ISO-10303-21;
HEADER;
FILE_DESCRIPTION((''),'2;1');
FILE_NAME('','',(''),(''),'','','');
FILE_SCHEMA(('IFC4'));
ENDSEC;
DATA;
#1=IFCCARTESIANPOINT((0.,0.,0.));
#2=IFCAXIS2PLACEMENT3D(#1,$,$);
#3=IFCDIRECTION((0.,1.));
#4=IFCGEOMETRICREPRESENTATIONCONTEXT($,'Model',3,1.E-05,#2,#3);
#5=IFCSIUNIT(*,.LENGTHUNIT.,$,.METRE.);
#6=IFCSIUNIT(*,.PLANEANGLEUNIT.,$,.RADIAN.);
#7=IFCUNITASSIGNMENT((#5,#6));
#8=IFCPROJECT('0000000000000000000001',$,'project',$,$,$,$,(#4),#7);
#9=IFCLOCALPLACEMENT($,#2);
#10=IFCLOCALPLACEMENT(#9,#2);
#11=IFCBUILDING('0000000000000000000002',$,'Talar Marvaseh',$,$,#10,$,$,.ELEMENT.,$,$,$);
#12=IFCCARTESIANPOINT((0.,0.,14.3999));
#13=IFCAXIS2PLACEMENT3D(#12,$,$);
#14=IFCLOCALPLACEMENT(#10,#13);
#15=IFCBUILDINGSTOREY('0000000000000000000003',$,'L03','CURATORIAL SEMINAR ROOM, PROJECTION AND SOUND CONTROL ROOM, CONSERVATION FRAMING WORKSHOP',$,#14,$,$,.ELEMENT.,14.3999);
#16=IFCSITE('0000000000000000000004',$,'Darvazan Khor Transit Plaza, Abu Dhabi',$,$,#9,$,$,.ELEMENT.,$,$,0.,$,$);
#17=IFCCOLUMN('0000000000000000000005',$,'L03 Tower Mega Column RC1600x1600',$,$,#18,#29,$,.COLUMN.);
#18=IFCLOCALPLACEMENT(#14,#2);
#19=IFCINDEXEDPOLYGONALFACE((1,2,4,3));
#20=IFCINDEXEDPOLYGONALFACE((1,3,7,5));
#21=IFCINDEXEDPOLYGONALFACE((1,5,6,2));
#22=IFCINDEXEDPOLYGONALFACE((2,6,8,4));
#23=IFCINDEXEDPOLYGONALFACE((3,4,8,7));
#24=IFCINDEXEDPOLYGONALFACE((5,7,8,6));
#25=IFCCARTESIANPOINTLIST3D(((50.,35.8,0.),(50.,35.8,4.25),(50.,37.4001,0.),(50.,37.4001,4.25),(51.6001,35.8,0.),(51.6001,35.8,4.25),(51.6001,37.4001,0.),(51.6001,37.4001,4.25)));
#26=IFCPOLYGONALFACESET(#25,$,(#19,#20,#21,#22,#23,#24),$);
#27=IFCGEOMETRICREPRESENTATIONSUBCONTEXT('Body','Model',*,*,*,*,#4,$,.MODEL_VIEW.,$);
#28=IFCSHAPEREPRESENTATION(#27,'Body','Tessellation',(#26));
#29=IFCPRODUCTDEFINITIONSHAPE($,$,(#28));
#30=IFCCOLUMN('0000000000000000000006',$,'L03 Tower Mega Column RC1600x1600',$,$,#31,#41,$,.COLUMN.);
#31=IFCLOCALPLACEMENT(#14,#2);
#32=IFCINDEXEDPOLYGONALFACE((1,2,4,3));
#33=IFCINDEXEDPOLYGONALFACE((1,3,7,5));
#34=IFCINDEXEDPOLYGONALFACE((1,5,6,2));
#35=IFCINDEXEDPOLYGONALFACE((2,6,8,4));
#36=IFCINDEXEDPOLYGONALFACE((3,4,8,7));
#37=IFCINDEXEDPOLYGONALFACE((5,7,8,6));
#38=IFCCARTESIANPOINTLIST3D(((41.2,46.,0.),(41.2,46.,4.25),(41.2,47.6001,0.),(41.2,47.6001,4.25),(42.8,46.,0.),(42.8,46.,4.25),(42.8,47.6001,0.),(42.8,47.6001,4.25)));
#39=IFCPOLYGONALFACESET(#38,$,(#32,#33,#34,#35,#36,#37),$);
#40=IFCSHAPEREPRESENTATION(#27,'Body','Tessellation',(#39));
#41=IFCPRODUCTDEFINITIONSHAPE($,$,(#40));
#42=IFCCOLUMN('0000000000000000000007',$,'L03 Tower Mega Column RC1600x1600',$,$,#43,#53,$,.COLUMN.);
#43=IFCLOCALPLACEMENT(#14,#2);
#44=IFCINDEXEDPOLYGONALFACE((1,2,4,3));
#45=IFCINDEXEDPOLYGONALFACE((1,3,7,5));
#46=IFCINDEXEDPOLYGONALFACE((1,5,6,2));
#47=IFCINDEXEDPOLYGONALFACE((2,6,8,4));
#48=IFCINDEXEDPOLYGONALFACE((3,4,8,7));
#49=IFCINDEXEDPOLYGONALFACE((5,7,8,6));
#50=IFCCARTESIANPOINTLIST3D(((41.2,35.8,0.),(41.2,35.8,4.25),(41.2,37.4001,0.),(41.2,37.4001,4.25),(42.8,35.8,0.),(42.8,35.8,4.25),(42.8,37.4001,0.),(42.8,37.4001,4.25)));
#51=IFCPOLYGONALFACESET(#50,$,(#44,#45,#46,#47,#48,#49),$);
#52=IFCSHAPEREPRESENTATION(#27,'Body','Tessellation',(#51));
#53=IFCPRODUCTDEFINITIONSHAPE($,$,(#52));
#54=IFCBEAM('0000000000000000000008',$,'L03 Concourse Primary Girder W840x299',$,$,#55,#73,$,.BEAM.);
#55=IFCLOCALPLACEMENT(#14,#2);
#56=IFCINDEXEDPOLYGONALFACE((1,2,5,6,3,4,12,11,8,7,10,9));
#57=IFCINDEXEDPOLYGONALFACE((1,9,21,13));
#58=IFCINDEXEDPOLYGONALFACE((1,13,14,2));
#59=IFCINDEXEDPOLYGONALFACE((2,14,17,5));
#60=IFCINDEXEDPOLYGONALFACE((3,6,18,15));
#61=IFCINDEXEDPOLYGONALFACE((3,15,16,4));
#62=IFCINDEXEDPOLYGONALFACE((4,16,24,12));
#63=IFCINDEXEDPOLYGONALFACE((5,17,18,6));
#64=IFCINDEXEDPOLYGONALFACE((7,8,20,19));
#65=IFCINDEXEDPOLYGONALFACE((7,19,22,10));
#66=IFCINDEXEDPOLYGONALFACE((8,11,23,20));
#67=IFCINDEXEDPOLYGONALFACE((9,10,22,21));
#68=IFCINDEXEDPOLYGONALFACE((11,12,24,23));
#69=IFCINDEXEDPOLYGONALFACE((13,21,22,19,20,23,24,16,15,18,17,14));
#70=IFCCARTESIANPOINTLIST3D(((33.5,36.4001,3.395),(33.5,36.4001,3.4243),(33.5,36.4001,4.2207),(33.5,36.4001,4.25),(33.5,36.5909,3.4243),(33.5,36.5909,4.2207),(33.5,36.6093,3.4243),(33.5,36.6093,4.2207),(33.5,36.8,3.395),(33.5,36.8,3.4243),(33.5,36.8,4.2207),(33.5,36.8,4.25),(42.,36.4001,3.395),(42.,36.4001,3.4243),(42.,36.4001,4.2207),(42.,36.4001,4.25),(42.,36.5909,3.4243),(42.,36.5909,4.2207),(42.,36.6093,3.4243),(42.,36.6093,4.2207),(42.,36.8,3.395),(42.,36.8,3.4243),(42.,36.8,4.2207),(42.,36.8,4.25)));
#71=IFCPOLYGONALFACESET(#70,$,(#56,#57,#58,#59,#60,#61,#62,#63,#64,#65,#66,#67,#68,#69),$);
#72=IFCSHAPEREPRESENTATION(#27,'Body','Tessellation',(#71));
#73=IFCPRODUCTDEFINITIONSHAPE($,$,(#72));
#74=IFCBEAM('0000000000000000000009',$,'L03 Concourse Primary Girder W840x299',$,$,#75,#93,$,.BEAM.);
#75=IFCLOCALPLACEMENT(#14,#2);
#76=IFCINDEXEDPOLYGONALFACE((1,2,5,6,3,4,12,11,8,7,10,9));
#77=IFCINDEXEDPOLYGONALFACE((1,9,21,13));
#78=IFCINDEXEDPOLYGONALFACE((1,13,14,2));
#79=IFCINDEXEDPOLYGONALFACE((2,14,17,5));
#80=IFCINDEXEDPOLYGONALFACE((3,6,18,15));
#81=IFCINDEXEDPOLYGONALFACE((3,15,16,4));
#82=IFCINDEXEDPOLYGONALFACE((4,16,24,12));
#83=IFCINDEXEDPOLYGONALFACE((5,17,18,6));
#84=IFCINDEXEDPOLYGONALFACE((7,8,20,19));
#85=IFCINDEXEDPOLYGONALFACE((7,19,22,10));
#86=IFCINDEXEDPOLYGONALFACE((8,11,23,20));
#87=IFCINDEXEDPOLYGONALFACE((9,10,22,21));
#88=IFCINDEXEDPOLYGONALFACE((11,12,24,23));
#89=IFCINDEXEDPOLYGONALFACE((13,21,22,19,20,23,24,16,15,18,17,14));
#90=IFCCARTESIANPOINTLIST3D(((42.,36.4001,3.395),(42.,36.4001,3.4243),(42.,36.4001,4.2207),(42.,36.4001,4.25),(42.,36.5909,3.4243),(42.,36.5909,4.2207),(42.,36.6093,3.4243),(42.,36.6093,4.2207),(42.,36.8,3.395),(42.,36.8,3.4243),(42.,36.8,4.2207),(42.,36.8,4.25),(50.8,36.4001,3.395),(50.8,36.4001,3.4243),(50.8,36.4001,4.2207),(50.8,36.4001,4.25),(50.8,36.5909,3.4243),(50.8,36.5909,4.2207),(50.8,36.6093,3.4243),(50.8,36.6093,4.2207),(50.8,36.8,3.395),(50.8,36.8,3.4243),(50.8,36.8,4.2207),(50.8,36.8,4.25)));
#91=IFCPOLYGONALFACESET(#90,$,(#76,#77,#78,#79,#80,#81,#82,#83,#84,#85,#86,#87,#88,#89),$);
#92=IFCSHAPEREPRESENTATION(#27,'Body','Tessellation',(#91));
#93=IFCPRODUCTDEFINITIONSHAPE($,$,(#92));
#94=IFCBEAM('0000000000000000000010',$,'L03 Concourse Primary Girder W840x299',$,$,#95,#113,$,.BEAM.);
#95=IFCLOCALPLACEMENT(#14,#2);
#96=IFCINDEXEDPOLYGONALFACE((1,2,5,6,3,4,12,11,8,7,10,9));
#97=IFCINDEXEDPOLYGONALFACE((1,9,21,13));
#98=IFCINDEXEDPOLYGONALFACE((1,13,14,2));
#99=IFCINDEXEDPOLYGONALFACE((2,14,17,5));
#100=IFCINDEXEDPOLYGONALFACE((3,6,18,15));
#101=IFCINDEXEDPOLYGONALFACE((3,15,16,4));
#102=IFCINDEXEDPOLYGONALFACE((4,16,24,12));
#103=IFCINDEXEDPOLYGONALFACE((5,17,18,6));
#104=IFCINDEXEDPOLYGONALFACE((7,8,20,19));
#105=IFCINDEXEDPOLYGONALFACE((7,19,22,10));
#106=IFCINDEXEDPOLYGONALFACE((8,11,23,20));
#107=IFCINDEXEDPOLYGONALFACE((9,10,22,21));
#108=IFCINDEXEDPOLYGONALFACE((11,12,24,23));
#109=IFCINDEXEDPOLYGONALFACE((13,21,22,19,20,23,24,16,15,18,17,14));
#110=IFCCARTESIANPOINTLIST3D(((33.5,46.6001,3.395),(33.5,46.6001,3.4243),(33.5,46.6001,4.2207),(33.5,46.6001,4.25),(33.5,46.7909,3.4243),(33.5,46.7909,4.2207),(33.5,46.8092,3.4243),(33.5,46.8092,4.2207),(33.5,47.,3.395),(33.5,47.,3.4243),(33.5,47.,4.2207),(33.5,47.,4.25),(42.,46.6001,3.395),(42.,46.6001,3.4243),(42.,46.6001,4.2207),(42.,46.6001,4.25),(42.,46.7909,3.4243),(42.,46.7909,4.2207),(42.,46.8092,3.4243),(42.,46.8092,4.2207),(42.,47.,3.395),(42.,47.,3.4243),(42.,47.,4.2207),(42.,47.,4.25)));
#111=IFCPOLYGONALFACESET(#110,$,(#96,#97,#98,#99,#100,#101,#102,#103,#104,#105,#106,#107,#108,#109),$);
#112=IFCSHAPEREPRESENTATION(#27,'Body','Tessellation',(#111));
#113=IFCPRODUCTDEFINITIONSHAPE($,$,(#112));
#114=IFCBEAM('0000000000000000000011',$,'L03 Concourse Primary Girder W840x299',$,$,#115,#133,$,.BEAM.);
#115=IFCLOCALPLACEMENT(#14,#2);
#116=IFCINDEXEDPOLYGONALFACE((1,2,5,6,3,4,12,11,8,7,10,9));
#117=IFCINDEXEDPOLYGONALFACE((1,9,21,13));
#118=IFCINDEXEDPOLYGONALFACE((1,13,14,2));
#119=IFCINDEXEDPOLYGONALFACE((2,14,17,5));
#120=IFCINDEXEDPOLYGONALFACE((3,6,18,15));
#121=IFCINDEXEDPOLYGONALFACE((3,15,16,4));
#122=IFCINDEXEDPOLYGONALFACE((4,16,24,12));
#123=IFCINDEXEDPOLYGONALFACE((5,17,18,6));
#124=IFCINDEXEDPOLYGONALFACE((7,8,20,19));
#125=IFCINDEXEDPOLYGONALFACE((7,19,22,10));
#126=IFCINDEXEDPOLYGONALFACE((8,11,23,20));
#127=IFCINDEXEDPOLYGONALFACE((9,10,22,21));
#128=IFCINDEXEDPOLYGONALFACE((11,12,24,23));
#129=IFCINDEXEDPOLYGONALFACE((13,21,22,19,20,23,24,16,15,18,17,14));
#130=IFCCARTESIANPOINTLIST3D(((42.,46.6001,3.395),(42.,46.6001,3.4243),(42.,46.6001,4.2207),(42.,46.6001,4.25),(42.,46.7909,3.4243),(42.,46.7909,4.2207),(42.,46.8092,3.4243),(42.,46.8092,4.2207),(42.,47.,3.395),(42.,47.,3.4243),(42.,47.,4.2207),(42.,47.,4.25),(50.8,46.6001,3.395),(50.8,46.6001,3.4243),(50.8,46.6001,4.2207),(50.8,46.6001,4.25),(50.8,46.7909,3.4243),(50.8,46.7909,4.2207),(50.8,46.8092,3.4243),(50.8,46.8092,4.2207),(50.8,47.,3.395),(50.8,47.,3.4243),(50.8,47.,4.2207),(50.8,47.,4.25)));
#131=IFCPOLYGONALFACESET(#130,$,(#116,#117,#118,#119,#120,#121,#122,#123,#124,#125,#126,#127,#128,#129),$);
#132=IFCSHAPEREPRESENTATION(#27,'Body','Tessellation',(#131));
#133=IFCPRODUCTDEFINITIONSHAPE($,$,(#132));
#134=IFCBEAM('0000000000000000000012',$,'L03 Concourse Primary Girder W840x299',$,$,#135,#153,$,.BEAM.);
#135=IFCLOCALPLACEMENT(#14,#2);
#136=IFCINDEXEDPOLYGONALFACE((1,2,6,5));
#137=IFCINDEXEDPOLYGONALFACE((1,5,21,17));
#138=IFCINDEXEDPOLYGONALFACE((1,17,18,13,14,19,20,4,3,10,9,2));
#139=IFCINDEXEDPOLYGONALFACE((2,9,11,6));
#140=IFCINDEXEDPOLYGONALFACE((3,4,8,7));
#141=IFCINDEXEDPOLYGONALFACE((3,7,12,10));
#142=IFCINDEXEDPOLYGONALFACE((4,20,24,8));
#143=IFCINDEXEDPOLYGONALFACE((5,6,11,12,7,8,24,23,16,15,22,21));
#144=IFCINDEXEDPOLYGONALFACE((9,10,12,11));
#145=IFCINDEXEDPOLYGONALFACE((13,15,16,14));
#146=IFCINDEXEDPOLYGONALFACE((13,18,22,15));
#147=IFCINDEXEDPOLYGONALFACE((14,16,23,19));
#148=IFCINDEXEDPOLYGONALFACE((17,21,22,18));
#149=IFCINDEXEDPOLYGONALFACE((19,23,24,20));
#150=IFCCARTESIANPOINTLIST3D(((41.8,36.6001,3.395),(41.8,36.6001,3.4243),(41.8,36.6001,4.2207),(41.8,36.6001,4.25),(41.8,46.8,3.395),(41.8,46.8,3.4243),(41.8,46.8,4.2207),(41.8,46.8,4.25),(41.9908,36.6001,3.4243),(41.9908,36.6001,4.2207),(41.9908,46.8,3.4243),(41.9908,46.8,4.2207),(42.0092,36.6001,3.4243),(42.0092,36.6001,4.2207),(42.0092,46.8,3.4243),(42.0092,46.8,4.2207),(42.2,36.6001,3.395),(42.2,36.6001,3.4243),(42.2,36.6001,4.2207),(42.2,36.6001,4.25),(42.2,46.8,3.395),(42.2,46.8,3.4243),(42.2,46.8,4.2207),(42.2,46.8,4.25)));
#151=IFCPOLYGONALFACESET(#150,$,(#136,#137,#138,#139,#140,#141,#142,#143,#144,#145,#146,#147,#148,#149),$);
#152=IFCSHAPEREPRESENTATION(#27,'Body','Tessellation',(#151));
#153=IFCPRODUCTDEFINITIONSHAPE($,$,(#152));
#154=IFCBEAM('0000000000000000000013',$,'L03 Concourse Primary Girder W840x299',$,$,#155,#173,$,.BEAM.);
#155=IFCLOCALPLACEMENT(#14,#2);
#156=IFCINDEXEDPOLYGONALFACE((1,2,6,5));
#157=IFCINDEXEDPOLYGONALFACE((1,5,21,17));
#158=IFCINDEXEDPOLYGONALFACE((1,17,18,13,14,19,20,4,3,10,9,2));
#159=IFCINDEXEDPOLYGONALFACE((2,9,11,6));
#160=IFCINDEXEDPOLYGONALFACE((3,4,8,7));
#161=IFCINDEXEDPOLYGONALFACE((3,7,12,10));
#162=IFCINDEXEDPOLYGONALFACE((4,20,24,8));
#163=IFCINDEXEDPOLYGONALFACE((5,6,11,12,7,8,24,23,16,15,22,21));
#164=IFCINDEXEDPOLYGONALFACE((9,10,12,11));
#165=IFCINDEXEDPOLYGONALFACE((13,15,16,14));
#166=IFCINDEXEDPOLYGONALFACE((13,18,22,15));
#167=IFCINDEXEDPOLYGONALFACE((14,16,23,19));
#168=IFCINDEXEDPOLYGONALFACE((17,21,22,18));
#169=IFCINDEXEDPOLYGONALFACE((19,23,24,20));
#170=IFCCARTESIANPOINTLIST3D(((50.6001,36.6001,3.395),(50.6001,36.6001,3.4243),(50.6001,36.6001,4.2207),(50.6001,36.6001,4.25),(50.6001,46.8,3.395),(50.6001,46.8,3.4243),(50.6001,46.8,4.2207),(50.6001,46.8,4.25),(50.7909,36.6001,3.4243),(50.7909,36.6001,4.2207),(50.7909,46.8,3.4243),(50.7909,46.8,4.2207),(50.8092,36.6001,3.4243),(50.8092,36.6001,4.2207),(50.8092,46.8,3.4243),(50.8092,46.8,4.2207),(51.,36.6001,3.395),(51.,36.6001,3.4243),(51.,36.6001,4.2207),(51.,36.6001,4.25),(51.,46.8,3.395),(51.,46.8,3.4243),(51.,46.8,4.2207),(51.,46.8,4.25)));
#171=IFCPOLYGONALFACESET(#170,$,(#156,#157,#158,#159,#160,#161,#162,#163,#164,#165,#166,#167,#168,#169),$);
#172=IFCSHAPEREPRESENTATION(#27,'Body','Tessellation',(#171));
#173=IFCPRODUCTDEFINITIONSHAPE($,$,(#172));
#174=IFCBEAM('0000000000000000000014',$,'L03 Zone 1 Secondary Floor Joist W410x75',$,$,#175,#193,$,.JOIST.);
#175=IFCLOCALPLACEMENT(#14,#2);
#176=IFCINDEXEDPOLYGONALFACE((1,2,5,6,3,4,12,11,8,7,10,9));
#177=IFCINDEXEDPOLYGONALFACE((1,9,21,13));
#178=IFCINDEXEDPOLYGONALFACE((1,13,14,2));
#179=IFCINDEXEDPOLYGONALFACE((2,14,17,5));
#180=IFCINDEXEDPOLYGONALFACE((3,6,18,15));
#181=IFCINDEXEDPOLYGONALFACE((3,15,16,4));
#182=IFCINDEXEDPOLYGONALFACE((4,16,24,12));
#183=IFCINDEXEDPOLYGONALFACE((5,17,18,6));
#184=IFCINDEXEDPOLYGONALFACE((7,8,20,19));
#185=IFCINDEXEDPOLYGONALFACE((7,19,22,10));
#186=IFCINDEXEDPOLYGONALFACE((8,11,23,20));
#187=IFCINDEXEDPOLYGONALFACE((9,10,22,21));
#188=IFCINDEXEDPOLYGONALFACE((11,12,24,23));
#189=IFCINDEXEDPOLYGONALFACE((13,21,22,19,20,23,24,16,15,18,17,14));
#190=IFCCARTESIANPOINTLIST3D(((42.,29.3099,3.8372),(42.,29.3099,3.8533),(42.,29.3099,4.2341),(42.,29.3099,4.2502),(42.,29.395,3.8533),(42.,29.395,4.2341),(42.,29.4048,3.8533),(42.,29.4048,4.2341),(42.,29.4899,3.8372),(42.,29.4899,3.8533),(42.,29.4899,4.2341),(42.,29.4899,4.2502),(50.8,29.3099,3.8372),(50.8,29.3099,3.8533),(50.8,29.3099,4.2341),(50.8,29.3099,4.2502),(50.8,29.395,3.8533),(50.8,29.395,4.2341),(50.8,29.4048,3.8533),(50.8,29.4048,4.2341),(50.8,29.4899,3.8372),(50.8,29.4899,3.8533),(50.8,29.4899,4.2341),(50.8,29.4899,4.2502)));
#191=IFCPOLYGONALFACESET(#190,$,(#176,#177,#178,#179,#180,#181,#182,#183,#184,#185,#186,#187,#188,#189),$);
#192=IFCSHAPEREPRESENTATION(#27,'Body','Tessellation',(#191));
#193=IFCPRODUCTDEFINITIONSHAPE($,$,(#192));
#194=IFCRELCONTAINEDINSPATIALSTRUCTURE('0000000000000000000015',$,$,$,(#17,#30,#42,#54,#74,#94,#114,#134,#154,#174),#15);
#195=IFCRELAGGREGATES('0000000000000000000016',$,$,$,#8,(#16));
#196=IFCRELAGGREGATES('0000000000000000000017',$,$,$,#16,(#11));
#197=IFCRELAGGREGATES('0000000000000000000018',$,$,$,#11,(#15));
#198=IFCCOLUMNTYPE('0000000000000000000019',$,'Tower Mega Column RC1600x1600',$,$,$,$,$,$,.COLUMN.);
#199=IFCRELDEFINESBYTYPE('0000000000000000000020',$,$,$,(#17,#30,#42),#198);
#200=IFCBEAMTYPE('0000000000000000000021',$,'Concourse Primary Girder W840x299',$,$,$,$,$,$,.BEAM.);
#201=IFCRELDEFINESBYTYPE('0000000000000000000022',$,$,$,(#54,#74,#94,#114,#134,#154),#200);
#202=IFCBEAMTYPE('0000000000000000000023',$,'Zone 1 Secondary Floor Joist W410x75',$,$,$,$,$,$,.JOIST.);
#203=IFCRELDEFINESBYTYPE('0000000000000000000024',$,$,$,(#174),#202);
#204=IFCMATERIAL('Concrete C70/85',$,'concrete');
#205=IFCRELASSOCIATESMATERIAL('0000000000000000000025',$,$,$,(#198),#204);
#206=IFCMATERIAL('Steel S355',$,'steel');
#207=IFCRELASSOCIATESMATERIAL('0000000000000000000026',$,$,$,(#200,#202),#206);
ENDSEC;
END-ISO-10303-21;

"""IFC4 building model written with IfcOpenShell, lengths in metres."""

from ifc_helpers import new_model, si_unit, direction, frame, origin, origin_2d, place, context, subcontext, project, spatial, rectangle, i_section, extrude, material, material_profile, profile_set, type_object, element, save


model = new_model("IFC4")

# Units and contexts
model_context = context("Model", 3, precision=1e-05, world=origin(), true_north=direction((0.0, 1.0)))
body_context = subcontext(model_context, "Body", "Model", "MODEL_VIEW")
ifc_project = project(units=[si_unit("LENGTHUNIT", "METRE"), si_unit("PLANEANGLEUNIT", "RADIAN")], contexts=[model_context])

# Site, building, storey
site_placement = place(None, origin())
site = spatial("IfcSite", under=ifc_project, at=site_placement, Name="Darvazan Khor Transit Plaza, Abu Dhabi", CompositionType="ELEMENT", RefElevation=0.0)
building_placement = place(site_placement, origin())
building = spatial("IfcBuilding", under=site, at=building_placement, Name="Talar Marvaseh", CompositionType="ELEMENT")
storey_placement = place(building_placement, frame((0.0, 0.0, 14.3999)))
storey = spatial("IfcBuildingStorey", under=building, at=storey_placement, Name="L03", Description="CURATORIAL SEMINAR ROOM, PROJECTION AND SOUND CONTROL ROOM, CONSERVATION FRAMING WORKSHOP", CompositionType="ELEMENT", Elevation=14.3999)

# Columns
ifc_material_1 = material(Name="Concrete C70/85", Category="concrete")
ifc_material_profile_1 = material_profile(ifc_material_1, rectangle(XDim=1.6001, YDim=1.6001, at=origin_2d()), Name="RC1600x1600")
ifc_profile_set_1 = profile_set([ifc_material_profile_1], Name="Concrete C70/85")
column_type = type_object("IfcColumnType", Name="Tower Mega Column RC1600x1600", PredefinedType="COLUMN", material=ifc_profile_set_1)
for number, where, z_axis, x_axis, name in (
    (1, (50.8, 36.6001, 0.0), (0.0, 0.0, 1.0), (1.0, 0.0, 0.0), "L03 Tower Mega Column RC1600x1600"),
    (2, (42.0, 46.8, 0.0), (0.0, 0.0, 1.0), (1.0, 0.0, 0.0), "L03 Tower Mega Column RC1600x1600"),
    (3, (42.0, 36.6001, 0.0), (0.0, 0.0, 1.0), (1.0, 0.0, 0.0), "L03 Tower Mega Column RC1600x1600"),
):
    element("IfcColumn", number, at=place(storey_placement, frame(where, z_axis=z_axis, x_axis=x_axis)), inside=storey, type_object=column_type, Name=name, PredefinedType="COLUMN", context=body_context, shape_type="SweptSolid", body=[
        extrude(rectangle(XDim=1.6001, YDim=1.6001, at=origin_2d()), origin(), (0.0, 0.0, 1.0), 4.25),
    ])

# Beams
ifc_material_2 = material(Name="Steel S355", Category="steel")
ifc_material_profile_2 = material_profile(ifc_material_2, i_section(OverallWidth=0.3999, OverallDepth=0.855, WebThickness=0.0183, FlangeThickness=0.0293, at=origin_2d()), Name="W840x299")
ifc_profile_set_2 = profile_set([ifc_material_profile_2], Name="Steel S355")
beam_type_1 = type_object("IfcBeamType", Name="Concourse Primary Girder W840x299", PredefinedType="BEAM", material=ifc_profile_set_2)
beam_1_placement = place(storey_placement, frame((33.5, 36.6001, 3.8225), z_axis=(1.0, 0.0, 0.0), x_axis=(0.0, 1.0, 0.0)))
element("IfcBeam", 4, at=beam_1_placement, inside=storey, type_object=beam_type_1, Name="L03 Concourse Primary Girder W840x299", PredefinedType="BEAM", context=body_context, shape_type="SweptSolid", body=[
    extrude(i_section(OverallWidth=0.3999, OverallDepth=0.855, WebThickness=0.0183, FlangeThickness=0.0293, at=origin_2d()), origin(), (0.0, 0.0, 1.0), 8.5),
])
beam_2_placement = place(storey_placement, frame((42.0, 36.6001, 3.8225), z_axis=(1.0, 0.0, 0.0), x_axis=(0.0, 1.0, 0.0)))
element("IfcBeam", 5, at=beam_2_placement, inside=storey, type_object=beam_type_1, Name="L03 Concourse Primary Girder W840x299", PredefinedType="BEAM", context=body_context, shape_type="SweptSolid", body=[
    extrude(i_section(OverallWidth=0.3999, OverallDepth=0.855, WebThickness=0.0183, FlangeThickness=0.0293, at=origin_2d()), origin(), (0.0, 0.0, 1.0), 8.8),
])
beam_3_placement = place(storey_placement, frame((33.5, 46.8, 3.8225), z_axis=(1.0, 0.0, 0.0), x_axis=(0.0, 1.0, 0.0)))
element("IfcBeam", 6, at=beam_3_placement, inside=storey, type_object=beam_type_1, Name="L03 Concourse Primary Girder W840x299", PredefinedType="BEAM", context=body_context, shape_type="SweptSolid", body=[
    extrude(i_section(OverallWidth=0.3999, OverallDepth=0.855, WebThickness=0.0183, FlangeThickness=0.0293, at=origin_2d()), origin(), (0.0, 0.0, 1.0), 8.5),
])
beam_4_placement = place(storey_placement, frame((42.0, 46.8, 3.8225), z_axis=(1.0, 0.0, 0.0), x_axis=(0.0, 1.0, 0.0)))
element("IfcBeam", 7, at=beam_4_placement, inside=storey, type_object=beam_type_1, Name="L03 Concourse Primary Girder W840x299", PredefinedType="BEAM", context=body_context, shape_type="SweptSolid", body=[
    extrude(i_section(OverallWidth=0.3999, OverallDepth=0.855, WebThickness=0.0183, FlangeThickness=0.0293, at=origin_2d()), origin(), (0.0, 0.0, 1.0), 8.8),
])
for number, where, z_axis, x_axis, name in (
    (8, (42.0, 36.6001, 3.8225), (0.0, 1.0, 0.0), (-1.0, 0.0, 0.0), "L03 Concourse Primary Girder W840x299"),
    (9, (50.8, 36.6001, 3.8225), (0.0, 1.0, 0.0), (-1.0, 0.0, 0.0), "L03 Concourse Primary Girder W840x299"),
):
    element("IfcBeam", number, at=place(storey_placement, frame(where, z_axis=z_axis, x_axis=x_axis)), inside=storey, type_object=beam_type_1, Name=name, PredefinedType="BEAM", context=body_context, shape_type="SweptSolid", body=[
        extrude(i_section(OverallWidth=0.3999, OverallDepth=0.855, WebThickness=0.0183, FlangeThickness=0.0293, at=origin_2d()), origin(), (0.0, 0.0, 1.0), 10.2),
    ])
ifc_material_profile_3 = material_profile(ifc_material_2, i_section(OverallWidth=0.1799, OverallDepth=0.4131, WebThickness=0.0098, FlangeThickness=0.0161, at=origin_2d()), Name="W410x75")
ifc_profile_set_3 = profile_set([ifc_material_profile_3], Name="Steel S355")
beam_type_2 = type_object("IfcBeamType", Name="Zone 1 Secondary Floor Joist W410x75", PredefinedType="JOIST", material=ifc_profile_set_3)
for number, where, z_axis, x_axis, name in (
    (10, (42.0, 29.3999, 4.0437), (1.0, 0.0, 0.0), (0.0, 1.0, 0.0), "L03 Zone 1 Secondary Floor Joist W410x75"),
):
    element("IfcBeam", number, at=place(storey_placement, frame(where, z_axis=z_axis, x_axis=x_axis)), inside=storey, type_object=beam_type_2, Name=name, PredefinedType="JOIST", context=body_context, shape_type="SweptSolid", body=[
        extrude(i_section(OverallWidth=0.1799, OverallDepth=0.4131, WebThickness=0.0098, FlangeThickness=0.0161, at=origin_2d()), origin(), (0.0, 0.0, 1.0), 8.8),
    ])

save(model, "model.ifc")
